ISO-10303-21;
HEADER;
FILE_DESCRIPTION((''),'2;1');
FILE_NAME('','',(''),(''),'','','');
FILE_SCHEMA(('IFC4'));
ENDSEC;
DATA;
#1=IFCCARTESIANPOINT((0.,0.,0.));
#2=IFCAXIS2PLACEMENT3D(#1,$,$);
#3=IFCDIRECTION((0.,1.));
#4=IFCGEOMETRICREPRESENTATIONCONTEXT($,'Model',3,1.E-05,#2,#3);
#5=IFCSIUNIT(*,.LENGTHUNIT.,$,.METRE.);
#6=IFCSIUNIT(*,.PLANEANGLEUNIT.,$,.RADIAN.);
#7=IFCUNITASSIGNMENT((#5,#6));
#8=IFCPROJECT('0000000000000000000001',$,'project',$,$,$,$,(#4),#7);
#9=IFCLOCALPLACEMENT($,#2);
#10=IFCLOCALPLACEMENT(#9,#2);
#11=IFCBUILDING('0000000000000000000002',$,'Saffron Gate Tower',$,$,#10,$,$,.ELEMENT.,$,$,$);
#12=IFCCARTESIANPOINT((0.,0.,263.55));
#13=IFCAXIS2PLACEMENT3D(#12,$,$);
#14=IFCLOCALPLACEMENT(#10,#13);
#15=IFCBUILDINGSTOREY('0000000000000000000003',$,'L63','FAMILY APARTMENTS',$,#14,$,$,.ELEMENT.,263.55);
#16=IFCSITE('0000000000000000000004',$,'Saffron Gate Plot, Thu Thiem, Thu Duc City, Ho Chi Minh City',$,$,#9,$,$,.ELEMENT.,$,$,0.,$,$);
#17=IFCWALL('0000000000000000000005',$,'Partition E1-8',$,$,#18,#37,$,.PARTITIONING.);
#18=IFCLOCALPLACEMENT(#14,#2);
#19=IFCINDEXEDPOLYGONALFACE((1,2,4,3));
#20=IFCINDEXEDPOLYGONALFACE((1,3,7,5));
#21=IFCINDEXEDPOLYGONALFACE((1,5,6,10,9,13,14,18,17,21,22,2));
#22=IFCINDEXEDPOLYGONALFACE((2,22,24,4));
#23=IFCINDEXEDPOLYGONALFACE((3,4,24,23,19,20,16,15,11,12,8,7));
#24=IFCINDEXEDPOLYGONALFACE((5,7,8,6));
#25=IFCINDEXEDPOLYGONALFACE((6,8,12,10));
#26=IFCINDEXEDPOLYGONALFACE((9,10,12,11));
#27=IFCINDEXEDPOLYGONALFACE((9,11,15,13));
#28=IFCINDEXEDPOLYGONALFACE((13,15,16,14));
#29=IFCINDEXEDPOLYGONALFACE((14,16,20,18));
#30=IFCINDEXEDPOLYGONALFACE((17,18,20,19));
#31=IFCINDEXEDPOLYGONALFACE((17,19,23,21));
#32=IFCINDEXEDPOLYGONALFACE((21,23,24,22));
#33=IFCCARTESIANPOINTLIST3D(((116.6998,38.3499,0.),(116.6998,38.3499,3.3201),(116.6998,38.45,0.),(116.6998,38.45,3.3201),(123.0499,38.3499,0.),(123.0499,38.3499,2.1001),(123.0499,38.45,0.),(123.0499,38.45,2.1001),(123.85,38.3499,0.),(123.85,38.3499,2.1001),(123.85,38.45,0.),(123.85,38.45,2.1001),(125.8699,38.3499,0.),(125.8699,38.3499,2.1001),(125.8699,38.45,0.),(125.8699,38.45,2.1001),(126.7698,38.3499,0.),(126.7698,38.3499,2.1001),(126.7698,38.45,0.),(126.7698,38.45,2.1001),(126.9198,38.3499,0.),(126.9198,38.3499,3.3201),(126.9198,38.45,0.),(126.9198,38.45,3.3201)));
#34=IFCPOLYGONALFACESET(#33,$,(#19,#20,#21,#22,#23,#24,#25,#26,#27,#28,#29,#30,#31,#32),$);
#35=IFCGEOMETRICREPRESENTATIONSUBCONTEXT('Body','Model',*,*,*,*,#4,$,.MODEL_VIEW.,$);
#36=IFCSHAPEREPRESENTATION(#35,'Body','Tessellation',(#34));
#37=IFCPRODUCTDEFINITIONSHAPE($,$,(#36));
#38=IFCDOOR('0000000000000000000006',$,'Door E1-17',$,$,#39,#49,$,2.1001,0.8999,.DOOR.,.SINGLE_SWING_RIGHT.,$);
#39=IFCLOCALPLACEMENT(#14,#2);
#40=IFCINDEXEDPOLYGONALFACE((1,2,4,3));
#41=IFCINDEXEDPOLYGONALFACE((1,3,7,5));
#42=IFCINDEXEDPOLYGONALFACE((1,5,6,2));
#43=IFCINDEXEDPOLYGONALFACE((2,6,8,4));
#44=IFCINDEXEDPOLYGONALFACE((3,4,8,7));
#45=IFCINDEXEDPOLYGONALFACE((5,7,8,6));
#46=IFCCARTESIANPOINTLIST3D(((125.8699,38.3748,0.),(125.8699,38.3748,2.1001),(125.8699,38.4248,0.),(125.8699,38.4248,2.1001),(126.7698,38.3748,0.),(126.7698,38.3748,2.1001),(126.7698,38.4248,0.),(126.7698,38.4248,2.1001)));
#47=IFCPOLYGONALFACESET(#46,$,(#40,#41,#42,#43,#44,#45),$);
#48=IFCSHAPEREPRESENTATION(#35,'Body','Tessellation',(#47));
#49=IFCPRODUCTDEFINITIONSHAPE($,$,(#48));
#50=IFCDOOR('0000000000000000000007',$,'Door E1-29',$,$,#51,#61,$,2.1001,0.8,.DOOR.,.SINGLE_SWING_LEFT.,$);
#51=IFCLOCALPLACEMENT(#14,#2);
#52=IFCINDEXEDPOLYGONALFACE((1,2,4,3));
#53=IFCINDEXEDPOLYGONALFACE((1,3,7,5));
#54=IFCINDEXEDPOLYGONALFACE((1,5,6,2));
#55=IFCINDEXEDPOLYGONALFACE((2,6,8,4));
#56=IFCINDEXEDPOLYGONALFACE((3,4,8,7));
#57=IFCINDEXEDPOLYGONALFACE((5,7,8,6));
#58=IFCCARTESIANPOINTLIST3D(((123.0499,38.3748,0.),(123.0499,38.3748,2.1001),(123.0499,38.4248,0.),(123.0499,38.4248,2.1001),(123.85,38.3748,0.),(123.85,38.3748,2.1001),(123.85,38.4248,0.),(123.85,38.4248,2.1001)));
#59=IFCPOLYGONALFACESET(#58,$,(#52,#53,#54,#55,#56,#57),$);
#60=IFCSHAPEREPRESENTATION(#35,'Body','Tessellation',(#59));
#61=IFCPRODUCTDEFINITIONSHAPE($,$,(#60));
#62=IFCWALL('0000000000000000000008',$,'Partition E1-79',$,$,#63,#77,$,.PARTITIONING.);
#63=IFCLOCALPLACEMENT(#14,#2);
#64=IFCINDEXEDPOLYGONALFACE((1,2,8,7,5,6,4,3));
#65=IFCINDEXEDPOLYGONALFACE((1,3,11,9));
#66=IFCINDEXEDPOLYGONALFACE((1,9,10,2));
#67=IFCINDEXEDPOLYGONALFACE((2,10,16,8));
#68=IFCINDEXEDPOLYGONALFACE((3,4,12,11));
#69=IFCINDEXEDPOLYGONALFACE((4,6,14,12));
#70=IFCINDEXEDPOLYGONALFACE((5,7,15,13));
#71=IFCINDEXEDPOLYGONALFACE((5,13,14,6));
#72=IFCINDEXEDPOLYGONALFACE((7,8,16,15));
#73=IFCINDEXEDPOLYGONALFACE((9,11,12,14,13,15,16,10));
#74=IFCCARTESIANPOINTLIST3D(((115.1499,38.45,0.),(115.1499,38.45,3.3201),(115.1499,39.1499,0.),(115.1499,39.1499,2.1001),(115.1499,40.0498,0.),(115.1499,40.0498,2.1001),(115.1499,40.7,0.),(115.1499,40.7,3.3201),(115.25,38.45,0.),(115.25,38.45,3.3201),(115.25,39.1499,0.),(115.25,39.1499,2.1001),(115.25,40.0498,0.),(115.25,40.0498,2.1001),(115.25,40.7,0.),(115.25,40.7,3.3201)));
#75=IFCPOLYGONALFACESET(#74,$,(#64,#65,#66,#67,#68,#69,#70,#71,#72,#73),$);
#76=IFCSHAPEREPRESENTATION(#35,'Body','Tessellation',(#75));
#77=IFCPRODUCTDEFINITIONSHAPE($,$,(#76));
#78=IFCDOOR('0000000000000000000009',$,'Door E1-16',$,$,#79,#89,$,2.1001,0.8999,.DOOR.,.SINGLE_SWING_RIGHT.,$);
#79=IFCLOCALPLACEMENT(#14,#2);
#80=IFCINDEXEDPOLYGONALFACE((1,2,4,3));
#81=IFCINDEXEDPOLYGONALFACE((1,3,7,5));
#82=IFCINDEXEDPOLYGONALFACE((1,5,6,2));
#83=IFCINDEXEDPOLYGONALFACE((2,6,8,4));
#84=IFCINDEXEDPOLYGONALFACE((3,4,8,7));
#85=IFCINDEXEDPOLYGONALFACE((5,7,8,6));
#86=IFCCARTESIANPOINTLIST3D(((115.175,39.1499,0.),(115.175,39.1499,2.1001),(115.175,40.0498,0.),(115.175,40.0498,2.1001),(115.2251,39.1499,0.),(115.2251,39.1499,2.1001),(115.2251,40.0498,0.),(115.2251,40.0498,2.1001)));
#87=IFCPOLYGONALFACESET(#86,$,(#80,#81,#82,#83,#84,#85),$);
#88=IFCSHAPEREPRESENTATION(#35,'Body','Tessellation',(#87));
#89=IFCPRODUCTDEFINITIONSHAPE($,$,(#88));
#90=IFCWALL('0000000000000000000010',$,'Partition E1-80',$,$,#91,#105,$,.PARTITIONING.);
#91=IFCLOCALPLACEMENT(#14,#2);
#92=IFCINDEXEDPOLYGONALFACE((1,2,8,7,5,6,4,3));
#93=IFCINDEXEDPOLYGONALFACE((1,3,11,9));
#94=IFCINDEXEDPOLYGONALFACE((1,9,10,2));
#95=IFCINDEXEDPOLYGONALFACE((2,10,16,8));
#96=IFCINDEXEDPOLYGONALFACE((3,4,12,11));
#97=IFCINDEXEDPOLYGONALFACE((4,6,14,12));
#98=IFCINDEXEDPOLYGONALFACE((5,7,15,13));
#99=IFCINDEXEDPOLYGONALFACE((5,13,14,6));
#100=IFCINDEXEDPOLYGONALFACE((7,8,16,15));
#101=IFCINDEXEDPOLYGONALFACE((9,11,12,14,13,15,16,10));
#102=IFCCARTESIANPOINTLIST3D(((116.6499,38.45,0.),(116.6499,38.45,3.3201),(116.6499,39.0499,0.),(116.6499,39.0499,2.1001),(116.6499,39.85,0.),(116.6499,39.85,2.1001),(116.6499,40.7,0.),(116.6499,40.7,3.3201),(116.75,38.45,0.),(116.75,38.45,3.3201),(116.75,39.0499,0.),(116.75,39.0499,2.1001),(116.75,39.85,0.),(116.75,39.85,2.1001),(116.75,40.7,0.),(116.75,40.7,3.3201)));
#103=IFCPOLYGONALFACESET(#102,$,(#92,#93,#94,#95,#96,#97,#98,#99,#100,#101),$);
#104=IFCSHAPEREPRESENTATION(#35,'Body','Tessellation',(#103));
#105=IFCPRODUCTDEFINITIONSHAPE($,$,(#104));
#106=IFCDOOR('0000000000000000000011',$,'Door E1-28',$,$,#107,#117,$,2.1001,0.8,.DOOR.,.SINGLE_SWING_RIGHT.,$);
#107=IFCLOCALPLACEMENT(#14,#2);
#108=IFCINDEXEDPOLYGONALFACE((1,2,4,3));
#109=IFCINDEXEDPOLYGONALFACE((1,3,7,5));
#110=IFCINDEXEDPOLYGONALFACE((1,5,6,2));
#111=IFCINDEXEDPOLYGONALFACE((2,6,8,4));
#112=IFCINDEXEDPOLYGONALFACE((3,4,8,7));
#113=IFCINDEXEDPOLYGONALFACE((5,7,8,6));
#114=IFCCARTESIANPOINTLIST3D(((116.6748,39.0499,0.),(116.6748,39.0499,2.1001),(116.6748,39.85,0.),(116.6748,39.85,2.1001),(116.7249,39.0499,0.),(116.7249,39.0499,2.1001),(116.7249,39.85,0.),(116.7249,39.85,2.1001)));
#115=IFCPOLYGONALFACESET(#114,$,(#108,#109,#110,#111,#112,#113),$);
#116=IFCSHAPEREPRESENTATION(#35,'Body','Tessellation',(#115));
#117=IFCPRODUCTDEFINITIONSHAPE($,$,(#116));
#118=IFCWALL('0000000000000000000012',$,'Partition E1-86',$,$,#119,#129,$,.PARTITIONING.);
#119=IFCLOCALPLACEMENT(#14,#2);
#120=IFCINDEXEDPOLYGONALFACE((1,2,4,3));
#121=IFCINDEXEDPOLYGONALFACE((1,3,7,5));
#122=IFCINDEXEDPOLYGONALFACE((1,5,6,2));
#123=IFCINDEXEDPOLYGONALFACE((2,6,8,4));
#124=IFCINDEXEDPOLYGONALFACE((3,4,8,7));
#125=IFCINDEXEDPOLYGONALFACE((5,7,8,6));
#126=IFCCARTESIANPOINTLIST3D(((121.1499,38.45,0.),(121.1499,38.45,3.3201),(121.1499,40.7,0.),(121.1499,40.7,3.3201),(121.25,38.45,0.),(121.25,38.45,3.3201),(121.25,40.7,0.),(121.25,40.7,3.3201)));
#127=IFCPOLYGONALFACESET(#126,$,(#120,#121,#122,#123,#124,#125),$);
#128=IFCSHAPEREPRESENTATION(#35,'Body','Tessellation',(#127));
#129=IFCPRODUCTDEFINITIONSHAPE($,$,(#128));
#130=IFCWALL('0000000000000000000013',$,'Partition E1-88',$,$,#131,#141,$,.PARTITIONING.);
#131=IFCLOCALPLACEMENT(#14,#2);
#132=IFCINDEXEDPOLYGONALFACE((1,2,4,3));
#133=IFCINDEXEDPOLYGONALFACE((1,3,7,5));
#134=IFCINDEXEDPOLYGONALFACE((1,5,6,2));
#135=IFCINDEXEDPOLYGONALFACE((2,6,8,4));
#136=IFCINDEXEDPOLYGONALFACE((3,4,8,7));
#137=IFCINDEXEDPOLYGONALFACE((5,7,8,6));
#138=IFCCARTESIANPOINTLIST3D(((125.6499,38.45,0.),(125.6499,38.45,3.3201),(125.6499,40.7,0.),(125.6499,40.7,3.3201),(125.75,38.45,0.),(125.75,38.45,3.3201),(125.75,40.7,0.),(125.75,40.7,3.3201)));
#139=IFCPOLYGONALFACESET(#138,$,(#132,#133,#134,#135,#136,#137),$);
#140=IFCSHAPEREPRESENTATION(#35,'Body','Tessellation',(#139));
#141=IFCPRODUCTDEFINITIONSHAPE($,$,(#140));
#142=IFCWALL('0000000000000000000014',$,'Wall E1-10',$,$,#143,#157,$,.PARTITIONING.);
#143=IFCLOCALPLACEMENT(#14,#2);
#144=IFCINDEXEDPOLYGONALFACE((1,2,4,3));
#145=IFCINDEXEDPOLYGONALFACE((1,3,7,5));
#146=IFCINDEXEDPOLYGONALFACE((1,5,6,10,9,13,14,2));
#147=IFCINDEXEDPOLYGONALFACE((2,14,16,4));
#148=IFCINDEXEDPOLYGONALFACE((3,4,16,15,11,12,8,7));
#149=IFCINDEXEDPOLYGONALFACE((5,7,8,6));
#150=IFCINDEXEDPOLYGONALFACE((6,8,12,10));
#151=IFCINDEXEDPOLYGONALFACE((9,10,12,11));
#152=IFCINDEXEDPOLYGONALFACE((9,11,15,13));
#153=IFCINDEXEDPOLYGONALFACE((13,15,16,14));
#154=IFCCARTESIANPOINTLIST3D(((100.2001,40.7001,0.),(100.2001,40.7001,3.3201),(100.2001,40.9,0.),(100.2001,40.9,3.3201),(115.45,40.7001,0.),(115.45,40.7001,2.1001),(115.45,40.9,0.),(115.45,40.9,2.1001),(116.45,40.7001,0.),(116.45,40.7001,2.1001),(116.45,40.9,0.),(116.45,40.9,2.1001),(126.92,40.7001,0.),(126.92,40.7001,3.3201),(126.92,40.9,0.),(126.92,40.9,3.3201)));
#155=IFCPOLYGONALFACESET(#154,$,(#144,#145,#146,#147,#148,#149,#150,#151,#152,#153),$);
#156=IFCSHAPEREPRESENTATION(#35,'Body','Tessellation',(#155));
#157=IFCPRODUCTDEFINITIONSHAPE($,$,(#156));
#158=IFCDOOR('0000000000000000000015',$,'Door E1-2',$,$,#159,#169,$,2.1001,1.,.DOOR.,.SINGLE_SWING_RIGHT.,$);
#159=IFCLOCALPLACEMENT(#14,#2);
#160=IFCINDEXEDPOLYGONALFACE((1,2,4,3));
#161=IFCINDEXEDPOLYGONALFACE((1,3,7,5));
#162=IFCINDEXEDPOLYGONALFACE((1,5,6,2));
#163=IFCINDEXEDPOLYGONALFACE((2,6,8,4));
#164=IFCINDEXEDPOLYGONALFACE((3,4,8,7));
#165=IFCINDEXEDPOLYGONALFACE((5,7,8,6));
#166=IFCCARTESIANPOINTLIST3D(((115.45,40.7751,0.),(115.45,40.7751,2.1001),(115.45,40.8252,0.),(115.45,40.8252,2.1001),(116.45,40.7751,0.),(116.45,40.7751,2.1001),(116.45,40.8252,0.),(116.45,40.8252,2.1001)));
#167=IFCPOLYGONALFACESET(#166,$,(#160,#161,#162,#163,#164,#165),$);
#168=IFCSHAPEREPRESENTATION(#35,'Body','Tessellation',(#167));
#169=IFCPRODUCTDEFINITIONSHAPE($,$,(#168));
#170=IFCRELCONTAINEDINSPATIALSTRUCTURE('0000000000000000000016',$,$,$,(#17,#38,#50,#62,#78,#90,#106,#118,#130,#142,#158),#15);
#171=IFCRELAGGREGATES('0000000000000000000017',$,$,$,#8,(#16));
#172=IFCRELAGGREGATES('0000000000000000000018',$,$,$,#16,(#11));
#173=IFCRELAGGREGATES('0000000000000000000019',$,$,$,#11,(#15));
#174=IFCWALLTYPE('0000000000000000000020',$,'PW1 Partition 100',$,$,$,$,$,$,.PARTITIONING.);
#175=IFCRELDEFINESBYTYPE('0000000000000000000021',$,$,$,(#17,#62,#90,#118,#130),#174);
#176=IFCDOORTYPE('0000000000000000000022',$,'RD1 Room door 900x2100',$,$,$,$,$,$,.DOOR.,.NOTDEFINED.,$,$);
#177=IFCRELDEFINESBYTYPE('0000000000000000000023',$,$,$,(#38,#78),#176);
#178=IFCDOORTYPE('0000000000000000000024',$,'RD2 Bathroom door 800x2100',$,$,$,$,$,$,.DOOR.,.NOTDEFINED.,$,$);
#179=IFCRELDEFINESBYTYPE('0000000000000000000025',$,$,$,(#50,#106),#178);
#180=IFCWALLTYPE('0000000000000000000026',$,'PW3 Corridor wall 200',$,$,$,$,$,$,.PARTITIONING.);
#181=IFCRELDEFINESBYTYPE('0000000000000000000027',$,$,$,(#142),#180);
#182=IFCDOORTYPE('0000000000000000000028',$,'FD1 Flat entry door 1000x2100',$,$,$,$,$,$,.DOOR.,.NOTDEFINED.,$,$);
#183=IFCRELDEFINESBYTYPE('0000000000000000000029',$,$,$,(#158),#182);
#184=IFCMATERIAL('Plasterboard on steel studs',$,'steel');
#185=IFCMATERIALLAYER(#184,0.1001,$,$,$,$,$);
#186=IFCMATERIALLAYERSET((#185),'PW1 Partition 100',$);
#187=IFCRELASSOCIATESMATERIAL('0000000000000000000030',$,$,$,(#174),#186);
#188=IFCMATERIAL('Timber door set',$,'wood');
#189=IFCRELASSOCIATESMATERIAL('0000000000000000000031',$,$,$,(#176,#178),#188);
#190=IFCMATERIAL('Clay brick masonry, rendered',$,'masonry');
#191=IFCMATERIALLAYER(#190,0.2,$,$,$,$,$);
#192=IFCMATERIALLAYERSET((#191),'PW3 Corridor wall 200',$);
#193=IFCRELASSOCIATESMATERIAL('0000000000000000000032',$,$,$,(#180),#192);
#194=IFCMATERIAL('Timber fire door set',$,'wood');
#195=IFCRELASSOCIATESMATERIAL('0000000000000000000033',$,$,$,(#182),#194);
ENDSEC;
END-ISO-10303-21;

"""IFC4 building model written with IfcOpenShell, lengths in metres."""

from ifc_helpers import new_model, si_unit, direction, frame, frame_2d, origin, place, context, subcontext, project, spatial, rectangle, extrude, material, layer, layer_set, type_object, element, fill, save


model = new_model("IFC4")

# Units and contexts
model_context = context("Model", 3, precision=1e-05, world=origin(), true_north=direction((0.0, 1.0)))
body_context = subcontext(model_context, "Body", "Model", "MODEL_VIEW")
ifc_project = project(units=[si_unit("LENGTHUNIT", "METRE"), si_unit("PLANEANGLEUNIT", "RADIAN")], contexts=[model_context])

# Site, building, storey
site_placement = place(None, origin())
site = spatial("IfcSite", under=ifc_project, at=site_placement, Name="Saffron Gate Plot, Thu Thiem, Thu Duc City, Ho Chi Minh City", CompositionType="ELEMENT", RefElevation=0.0)
building_placement = place(site_placement, origin())
building = spatial("IfcBuilding", under=site, at=building_placement, Name="Saffron Gate Tower", CompositionType="ELEMENT")
storey_placement = place(building_placement, frame((0.0, 0.0, 263.55)))
storey = spatial("IfcBuildingStorey", under=building, at=storey_placement, Name="L63", Description="FAMILY APARTMENTS", CompositionType="ELEMENT", Elevation=263.55)

# Wall, openings, doors
ifc_material_1 = material(Name="Plasterboard on steel studs", Category="steel")
ifc_layer_1 = layer(ifc_material_1, 0.1001)
ifc_layer_set_1 = layer_set([ifc_layer_1], Name="PW1 Partition 100")
wall_type_1 = type_object("IfcWallType", Name="PW1 Partition 100", PredefinedType="PARTITIONING", material=ifc_layer_set_1)
ifc_material_2 = material(Name="Timber door set", Category="wood")
door_type_1 = type_object("IfcDoorType", Name="RD1 Room door 900x2100", OperationType="NOTDEFINED", PredefinedType="DOOR", material=ifc_material_2)
wall_1_placement = place(storey_placement, frame((116.7, 38.3999, 0.0), z_axis=(0.0, 0.0, 1.0), x_axis=(1.0, 0.0, 0.0)))
wall_1 = element("IfcWall", 1, at=wall_1_placement, inside=storey, type_object=wall_type_1, Name="Partition E1-8", PredefinedType="PARTITIONING", context=body_context, shape_type="SweptSolid", body=[
    extrude(rectangle(XDim=10.22, YDim=0.1001, at=frame_2d((5.1099, 0.0))), origin(), (0.0, 0.0, 1.0), 3.3201),
])
opening_1_placement = place(wall_1_placement, frame((6.3501, 0.0, 0.0)))
opening_1 = element("IfcOpeningElement", 2, at=opening_1_placement, cuts=wall_1, PredefinedType="OPENING", context=body_context, shape_type="SweptSolid", body=[
    extrude(rectangle(XDim=0.8, YDim=2.1001, at=frame_2d((0.3999, 1.05))), frame((0.0, 0.0601, 0.0), z_axis=(0.0, -1.0, 0.0), x_axis=(1.0, 0.0, 0.0)), (0.0, 0.0, 1.0), 0.1201),
])
opening_2_placement = place(wall_1_placement, frame((9.1699, 0.0, 0.0)))
opening_2 = element("IfcOpeningElement", 3, at=opening_2_placement, cuts=wall_1, PredefinedType="OPENING", context=body_context, shape_type="SweptSolid", body=[
    extrude(rectangle(XDim=0.8999, YDim=2.1001, at=frame_2d((0.45, 1.05))), frame((0.0, 0.0601, 0.0), z_axis=(0.0, -1.0, 0.0), x_axis=(1.0, 0.0, 0.0)), (0.0, 0.0, 1.0), 0.1201),
])
door_1_placement = place(opening_2_placement, origin())
door_1 = element("IfcDoor", 4, at=door_1_placement, inside=storey, type_object=door_type_1, Name="Door E1-17", OperationType="SINGLE_SWING_RIGHT", OverallHeight=2.1001, OverallWidth=0.8999, PredefinedType="DOOR", context=body_context, shape_type="SweptSolid", body=[
    extrude(rectangle(XDim=0.8999, YDim=2.1001, at=frame_2d((0.45, 1.05))), frame((0.0, 0.0249, 0.0), z_axis=(0.0, -1.0, 0.0), x_axis=(1.0, 0.0, 0.0)), (0.0, 0.0, 1.0), 0.05),
])
fill(opening_2, door_1)
door_type_2 = type_object("IfcDoorType", Name="RD2 Bathroom door 800x2100", OperationType="NOTDEFINED", PredefinedType="DOOR", material=ifc_material_2)
door_2_placement = place(opening_1_placement, origin())
door_2 = element("IfcDoor", 5, at=door_2_placement, inside=storey, type_object=door_type_2, Name="Door E1-29", OperationType="SINGLE_SWING_LEFT", OverallHeight=2.1001, OverallWidth=0.8, PredefinedType="DOOR", context=body_context, shape_type="SweptSolid", body=[
    extrude(rectangle(XDim=0.8, YDim=2.1001, at=frame_2d((0.3999, 1.05))), frame((0.0, 0.0249, 0.0), z_axis=(0.0, -1.0, 0.0), x_axis=(1.0, 0.0, 0.0)), (0.0, 0.0, 1.0), 0.05),
])
fill(opening_1, door_2)

# Walls, openings, doors
wall_2_placement = place(storey_placement, frame((115.2, 38.45, 0.0), z_axis=(0.0, 0.0, 1.0), x_axis=(0.0, 1.0, 0.0)))
wall_2 = element("IfcWall", 6, at=wall_2_placement, inside=storey, type_object=wall_type_1, Name="Partition E1-79", PredefinedType="PARTITIONING", context=body_context, shape_type="SweptSolid", body=[
    extrude(rectangle(XDim=2.25, YDim=0.1001, at=frame_2d((1.125, 0.0))), origin(), (0.0, 0.0, 1.0), 3.3201),
])
opening_3_placement = place(wall_2_placement, frame((0.7, 0.0, 0.0)))
opening_3 = element("IfcOpeningElement", 7, at=opening_3_placement, cuts=wall_2, PredefinedType="OPENING", context=body_context, shape_type="SweptSolid", body=[
    extrude(rectangle(XDim=0.8999, YDim=2.1001, at=frame_2d((0.45, 1.05))), frame((0.0, 0.0601, 0.0), z_axis=(0.0, -1.0, 0.0), x_axis=(1.0, 0.0, 0.0)), (0.0, 0.0, 1.0), 0.1201),
])
door_3_placement = place(opening_3_placement, origin())
door_3 = element("IfcDoor", 8, at=door_3_placement, inside=storey, type_object=door_type_1, Name="Door E1-16", OperationType="SINGLE_SWING_RIGHT", OverallHeight=2.1001, OverallWidth=0.8999, PredefinedType="DOOR", context=body_context, shape_type="SweptSolid", body=[
    extrude(rectangle(XDim=0.8999, YDim=2.1001, at=frame_2d((0.45, 1.05))), frame((0.0, 0.0249, 0.0), z_axis=(0.0, -1.0, 0.0), x_axis=(1.0, 0.0, 0.0)), (0.0, 0.0, 1.0), 0.05),
])
fill(opening_3, door_3)
wall_3_placement = place(storey_placement, frame((116.7, 40.7, 0.0), z_axis=(0.0, 0.0, 1.0), x_axis=(0.0, -1.0, 0.0)))
wall_3 = element("IfcWall", 9, at=wall_3_placement, inside=storey, type_object=wall_type_1, Name="Partition E1-80", PredefinedType="PARTITIONING", context=body_context, shape_type="SweptSolid", body=[
    extrude(rectangle(XDim=2.25, YDim=0.1001, at=frame_2d((1.125, 0.0))), origin(), (0.0, 0.0, 1.0), 3.3201),
])
opening_4_placement = place(wall_3_placement, frame((0.8501, 0.0, 0.0)))
opening_4 = element("IfcOpeningElement", 10, at=opening_4_placement, cuts=wall_3, PredefinedType="OPENING", context=body_context, shape_type="SweptSolid", body=[
    extrude(rectangle(XDim=0.8, YDim=2.1001, at=frame_2d((0.3999, 1.05))), frame((0.0, 0.0601, 0.0), z_axis=(0.0, -1.0, 0.0), x_axis=(1.0, 0.0, 0.0)), (0.0, 0.0, 1.0), 0.1201),
])
door_4_placement = place(opening_4_placement, origin())
door_4 = element("IfcDoor", 11, at=door_4_placement, inside=storey, type_object=door_type_2, Name="Door E1-28", OperationType="SINGLE_SWING_RIGHT", OverallHeight=2.1001, OverallWidth=0.8, PredefinedType="DOOR", context=body_context, shape_type="SweptSolid", body=[
    extrude(rectangle(XDim=0.8, YDim=2.1001, at=frame_2d((0.3999, 1.05))), frame((0.0, 0.0249, 0.0), z_axis=(0.0, -1.0, 0.0), x_axis=(1.0, 0.0, 0.0)), (0.0, 0.0, 1.0), 0.05),
])
fill(opening_4, door_4)

# Walls
for number, where, z_axis, x_axis, name in (
    (12, (121.2, 40.7, 0.0), (0.0, 0.0, 1.0), (0.0, -1.0, 0.0), "Partition E1-86"),
    (13, (125.7, 40.7, 0.0), (0.0, 0.0, 1.0), (0.0, -1.0, 0.0), "Partition E1-88"),
):
    element("IfcWall", number, at=place(storey_placement, frame(where, z_axis=z_axis, x_axis=x_axis)), inside=storey, type_object=wall_type_1, Name=name, PredefinedType="PARTITIONING", context=body_context, shape_type="SweptSolid", body=[
        extrude(rectangle(XDim=2.25, YDim=0.1001, at=frame_2d((1.125, 0.0))), origin(), (0.0, 0.0, 1.0), 3.3201),
    ])

# Wall, opening, door
ifc_material_3 = material(Name="Clay brick masonry, rendered", Category="masonry")
ifc_layer_2 = layer(ifc_material_3, 0.2)
ifc_layer_set_2 = layer_set([ifc_layer_2], Name="PW3 Corridor wall 200")
wall_type_2 = type_object("IfcWallType", Name="PW3 Corridor wall 200", PredefinedType="PARTITIONING", material=ifc_layer_set_2)
wall_4_placement = place(storey_placement, frame((126.9199, 40.8, 0.0), z_axis=(0.0, 0.0, 1.0), x_axis=(-1.0, 0.0, 0.0)))
wall_4 = element("IfcWall", 14, at=wall_4_placement, inside=storey, type_object=wall_type_2, Name="Wall E1-10", PredefinedType="PARTITIONING", context=body_context, shape_type="SweptSolid", body=[
    extrude(rectangle(XDim=26.72, YDim=0.2, at=frame_2d((13.3599, 0.0))), origin(), (0.0, 0.0, 1.0), 3.3201),
])
opening_5_placement = place(wall_4_placement, frame((10.47, 0.0, 0.0)))
opening_5 = element("IfcOpeningElement", 15, at=opening_5_placement, cuts=wall_4, PredefinedType="OPENING", context=body_context, shape_type="SweptSolid", body=[
    extrude(rectangle(XDim=1.0, YDim=2.1001, at=frame_2d((0.5, 1.05))), frame((0.0, 0.1099, 0.0), z_axis=(0.0, -1.0, 0.0), x_axis=(1.0, 0.0, 0.0)), (0.0, 0.0, 1.0), 0.22),
])
ifc_material_4 = material(Name="Timber fire door set", Category="wood")
door_type_3 = type_object("IfcDoorType", Name="FD1 Flat entry door 1000x2100", OperationType="NOTDEFINED", PredefinedType="DOOR", material=ifc_material_4)
door_5_placement = place(opening_5_placement, origin())
door_5 = element("IfcDoor", 16, at=door_5_placement, inside=storey, type_object=door_type_3, Name="Door E1-2", OperationType="SINGLE_SWING_RIGHT", OverallHeight=2.1001, OverallWidth=1.0, PredefinedType="DOOR", context=body_context, shape_type="SweptSolid", body=[
    extrude(rectangle(XDim=1.0, YDim=2.1001, at=frame_2d((0.5, 1.05))), frame((0.0, 0.0249, 0.0), z_axis=(0.0, -1.0, 0.0), x_axis=(1.0, 0.0, 0.0)), (0.0, 0.0, 1.0), 0.05),
])
fill(opening_5, door_5)

save(model, "model.ifc")
